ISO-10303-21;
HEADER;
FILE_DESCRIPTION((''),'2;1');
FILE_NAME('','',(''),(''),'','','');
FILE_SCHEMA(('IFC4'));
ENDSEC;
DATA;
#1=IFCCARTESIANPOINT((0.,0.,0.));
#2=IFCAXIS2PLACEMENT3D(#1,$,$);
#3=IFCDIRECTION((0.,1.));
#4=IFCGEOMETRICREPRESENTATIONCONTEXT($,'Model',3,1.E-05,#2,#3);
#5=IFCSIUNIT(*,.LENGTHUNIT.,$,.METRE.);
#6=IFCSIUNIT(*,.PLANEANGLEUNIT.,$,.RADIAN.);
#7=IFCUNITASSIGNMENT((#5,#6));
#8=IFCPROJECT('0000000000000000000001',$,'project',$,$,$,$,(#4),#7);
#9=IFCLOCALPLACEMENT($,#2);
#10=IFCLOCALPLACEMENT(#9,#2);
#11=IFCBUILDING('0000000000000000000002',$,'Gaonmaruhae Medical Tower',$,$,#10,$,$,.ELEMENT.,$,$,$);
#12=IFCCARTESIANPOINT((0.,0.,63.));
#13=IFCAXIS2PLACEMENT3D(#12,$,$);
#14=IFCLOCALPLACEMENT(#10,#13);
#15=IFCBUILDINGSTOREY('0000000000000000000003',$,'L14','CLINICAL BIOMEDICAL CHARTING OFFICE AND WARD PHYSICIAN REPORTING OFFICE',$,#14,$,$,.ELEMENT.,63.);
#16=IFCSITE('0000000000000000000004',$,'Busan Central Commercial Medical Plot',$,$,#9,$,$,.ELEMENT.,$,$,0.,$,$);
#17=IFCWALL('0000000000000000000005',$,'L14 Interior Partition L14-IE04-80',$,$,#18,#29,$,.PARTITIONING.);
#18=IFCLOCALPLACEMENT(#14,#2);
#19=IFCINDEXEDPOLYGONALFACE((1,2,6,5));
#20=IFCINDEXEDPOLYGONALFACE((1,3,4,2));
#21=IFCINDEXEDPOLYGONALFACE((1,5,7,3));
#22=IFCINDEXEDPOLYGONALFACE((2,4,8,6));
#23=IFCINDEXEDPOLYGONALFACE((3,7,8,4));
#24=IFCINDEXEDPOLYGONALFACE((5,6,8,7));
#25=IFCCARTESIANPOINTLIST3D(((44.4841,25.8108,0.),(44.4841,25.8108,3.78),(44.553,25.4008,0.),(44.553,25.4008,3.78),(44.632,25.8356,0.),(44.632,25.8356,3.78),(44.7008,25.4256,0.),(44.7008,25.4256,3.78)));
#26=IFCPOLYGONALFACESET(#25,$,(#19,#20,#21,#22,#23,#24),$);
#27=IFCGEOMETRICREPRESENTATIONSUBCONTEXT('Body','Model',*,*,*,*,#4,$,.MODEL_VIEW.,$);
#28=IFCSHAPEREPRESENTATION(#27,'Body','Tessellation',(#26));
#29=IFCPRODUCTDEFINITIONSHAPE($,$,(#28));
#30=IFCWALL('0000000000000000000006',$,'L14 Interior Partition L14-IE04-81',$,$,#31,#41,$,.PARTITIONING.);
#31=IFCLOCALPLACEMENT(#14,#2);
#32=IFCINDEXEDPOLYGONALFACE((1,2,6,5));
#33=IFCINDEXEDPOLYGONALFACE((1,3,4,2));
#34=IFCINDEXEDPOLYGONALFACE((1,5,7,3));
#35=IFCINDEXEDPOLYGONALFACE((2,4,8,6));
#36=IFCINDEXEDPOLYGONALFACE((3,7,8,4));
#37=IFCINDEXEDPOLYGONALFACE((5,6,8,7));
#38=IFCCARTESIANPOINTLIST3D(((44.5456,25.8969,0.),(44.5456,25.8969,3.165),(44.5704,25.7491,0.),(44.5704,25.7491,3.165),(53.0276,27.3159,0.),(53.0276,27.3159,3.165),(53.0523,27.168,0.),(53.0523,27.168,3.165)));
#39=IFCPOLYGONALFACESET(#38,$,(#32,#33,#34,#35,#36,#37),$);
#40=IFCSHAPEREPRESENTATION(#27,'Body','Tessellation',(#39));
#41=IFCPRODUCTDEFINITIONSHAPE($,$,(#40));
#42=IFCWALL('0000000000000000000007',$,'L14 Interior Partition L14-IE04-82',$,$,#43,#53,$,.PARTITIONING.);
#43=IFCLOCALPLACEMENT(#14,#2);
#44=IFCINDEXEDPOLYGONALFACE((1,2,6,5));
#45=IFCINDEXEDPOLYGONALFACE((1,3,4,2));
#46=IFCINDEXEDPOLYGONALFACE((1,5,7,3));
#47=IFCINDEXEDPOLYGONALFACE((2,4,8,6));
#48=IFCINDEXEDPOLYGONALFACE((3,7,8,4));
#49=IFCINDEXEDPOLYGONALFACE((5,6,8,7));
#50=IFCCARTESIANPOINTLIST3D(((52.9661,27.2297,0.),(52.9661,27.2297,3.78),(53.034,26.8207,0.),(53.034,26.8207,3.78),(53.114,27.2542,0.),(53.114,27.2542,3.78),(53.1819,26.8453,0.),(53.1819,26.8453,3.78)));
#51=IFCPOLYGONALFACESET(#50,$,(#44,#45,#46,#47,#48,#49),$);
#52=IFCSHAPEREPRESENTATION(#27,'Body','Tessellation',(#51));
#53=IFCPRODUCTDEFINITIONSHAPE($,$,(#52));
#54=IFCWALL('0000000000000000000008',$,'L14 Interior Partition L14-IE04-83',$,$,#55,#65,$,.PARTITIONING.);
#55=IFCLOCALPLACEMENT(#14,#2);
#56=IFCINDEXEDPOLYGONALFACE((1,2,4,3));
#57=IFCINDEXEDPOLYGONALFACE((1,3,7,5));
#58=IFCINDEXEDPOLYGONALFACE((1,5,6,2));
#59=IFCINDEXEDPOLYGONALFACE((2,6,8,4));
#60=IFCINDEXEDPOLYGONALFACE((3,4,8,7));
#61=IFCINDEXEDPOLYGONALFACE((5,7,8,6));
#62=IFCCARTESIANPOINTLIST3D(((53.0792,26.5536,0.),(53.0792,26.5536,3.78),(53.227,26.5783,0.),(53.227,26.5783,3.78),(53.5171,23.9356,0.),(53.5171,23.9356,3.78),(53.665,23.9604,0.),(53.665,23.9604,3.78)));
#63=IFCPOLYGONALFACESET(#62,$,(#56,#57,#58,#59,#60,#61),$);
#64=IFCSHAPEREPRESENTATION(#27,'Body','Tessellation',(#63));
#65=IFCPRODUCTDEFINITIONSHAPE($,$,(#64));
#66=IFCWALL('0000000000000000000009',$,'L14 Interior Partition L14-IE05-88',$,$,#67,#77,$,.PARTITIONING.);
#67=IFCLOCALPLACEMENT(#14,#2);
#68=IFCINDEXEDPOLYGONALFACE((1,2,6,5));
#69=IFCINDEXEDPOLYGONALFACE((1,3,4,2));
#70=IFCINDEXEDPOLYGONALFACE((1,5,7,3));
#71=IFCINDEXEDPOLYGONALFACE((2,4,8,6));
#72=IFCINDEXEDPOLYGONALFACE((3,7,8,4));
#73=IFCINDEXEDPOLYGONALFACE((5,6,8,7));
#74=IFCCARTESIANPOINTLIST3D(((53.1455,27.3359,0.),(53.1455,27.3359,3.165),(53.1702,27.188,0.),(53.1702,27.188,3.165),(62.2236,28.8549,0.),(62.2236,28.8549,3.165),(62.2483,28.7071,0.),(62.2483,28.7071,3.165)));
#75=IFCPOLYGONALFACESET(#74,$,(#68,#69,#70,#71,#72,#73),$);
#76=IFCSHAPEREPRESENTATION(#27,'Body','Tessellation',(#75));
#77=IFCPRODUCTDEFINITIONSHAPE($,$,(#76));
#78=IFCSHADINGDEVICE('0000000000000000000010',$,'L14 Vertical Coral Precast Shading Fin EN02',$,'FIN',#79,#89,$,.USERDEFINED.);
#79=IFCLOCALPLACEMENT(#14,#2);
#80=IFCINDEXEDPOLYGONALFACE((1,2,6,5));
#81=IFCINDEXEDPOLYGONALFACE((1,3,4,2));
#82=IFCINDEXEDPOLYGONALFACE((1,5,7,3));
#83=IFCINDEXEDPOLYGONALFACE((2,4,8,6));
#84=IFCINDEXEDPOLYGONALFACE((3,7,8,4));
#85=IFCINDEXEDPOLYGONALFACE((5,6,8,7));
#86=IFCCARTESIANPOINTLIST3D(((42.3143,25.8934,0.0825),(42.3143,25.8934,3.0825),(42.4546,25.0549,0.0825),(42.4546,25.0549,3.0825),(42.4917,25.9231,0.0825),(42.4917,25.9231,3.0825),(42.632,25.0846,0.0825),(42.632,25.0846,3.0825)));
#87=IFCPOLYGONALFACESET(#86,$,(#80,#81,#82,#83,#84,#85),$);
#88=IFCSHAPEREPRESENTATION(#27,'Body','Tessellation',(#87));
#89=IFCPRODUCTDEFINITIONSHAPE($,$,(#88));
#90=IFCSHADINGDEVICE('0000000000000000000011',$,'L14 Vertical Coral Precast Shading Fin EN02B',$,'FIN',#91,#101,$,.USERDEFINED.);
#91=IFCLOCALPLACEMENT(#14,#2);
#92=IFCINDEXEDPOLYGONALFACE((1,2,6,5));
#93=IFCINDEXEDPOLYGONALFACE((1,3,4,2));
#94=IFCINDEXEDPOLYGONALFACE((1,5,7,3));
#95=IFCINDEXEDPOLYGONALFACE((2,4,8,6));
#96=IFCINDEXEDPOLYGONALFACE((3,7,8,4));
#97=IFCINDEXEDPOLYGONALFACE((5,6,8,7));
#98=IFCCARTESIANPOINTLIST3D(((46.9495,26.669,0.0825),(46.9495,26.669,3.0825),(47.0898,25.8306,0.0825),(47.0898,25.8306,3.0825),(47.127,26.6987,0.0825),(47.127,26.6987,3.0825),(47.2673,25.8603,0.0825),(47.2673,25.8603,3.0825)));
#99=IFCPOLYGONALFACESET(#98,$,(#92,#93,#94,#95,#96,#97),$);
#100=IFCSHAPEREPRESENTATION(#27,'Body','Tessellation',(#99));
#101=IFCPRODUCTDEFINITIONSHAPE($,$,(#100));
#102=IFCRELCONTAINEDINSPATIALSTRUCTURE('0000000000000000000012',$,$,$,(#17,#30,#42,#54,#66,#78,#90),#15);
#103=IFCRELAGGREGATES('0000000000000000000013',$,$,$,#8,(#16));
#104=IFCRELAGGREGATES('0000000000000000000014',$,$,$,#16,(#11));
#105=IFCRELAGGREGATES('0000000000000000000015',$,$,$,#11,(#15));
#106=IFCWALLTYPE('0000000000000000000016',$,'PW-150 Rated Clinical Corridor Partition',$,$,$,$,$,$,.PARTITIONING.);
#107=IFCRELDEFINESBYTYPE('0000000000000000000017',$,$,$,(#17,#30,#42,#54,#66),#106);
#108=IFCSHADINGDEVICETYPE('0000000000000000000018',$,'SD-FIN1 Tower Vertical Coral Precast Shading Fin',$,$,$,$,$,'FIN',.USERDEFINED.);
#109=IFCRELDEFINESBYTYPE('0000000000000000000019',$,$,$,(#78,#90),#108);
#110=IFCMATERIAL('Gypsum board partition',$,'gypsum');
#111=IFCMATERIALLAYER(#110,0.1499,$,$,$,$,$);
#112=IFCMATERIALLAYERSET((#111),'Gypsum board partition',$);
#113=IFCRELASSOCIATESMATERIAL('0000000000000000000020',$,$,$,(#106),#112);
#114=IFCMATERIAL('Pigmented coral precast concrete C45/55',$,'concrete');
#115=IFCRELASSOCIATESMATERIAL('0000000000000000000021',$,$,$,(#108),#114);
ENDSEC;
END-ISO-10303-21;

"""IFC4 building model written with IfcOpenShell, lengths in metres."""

from ifc_helpers import new_model, si_unit, direction, frame, frame_2d, origin, origin_2d, place, context, subcontext, project, spatial, rectangle, extrude, material, layer, layer_set, type_object, element, save


model = new_model("IFC4")

# Units and contexts
model_context = context("Model", 3, precision=1e-05, world=origin(), true_north=direction((0.0, 1.0)))
body_context = subcontext(model_context, "Body", "Model", "MODEL_VIEW")
ifc_project = project(units=[si_unit("LENGTHUNIT", "METRE"), si_unit("PLANEANGLEUNIT", "RADIAN")], contexts=[model_context])

# Site, building, storey
site_placement = place(None, origin())
site = spatial("IfcSite", under=ifc_project, at=site_placement, Name="Busan Central Commercial Medical Plot", CompositionType="ELEMENT", RefElevation=0.0)
building_placement = place(site_placement, origin())
building = spatial("IfcBuilding", under=site, at=building_placement, Name="Gaonmaruhae Medical Tower", CompositionType="ELEMENT")
storey_placement = place(building_placement, frame((0.0, 0.0, 63.0)))
storey = spatial("IfcBuildingStorey", under=building, at=storey_placement, Name="L14", Description="CLINICAL BIOMEDICAL CHARTING OFFICE AND WARD PHYSICIAN REPORTING OFFICE", CompositionType="ELEMENT", Elevation=63.0)

# Shared definitions
ifc_material_1 = material(Name="Gypsum board partition", Category="gypsum")
ifc_layer_1 = layer(ifc_material_1, 0.1499)
ifc_layer_set_1 = layer_set([ifc_layer_1], Name="Gypsum board partition")
wall_type_1 = type_object("IfcWallType", Name="PW-150 Rated Clinical Corridor Partition", PredefinedType="PARTITIONING", material=ifc_layer_set_1)

# Walls
wall_1_placement = place(storey_placement, frame((44.627, 25.4131, 0.0), z_axis=(0.0, 0.0, 1.0), x_axis=(-0.165637, 0.986187, 0.0)))
element("IfcWall", 1, at=wall_1_placement, inside=storey, type_object=wall_type_1, Name="L14 Interior Partition L14-IE04-80", PredefinedType="PARTITIONING", context=body_context, shape_type="SweptSolid", body=[
    extrude(rectangle(XDim=0.4158, YDim=0.1499, at=frame_2d((0.208, 0.0))), origin(), (0.0, 0.0, 1.0), 3.78),
])
wall_2_placement = place(storey_placement, frame((44.5581, 25.823, 0.0), z_axis=(0.0, 0.0, 1.0), x_axis=(0.986294, 0.164997, 0.0)))
element("IfcWall", 2, at=wall_2_placement, inside=storey, type_object=wall_type_1, Name="L14 Interior Partition L14-IE04-81", PredefinedType="PARTITIONING", context=body_context, shape_type="SweptSolid", body=[
    extrude(rectangle(XDim=8.5999, YDim=0.1499, at=frame_2d((4.2998, 0.0))), origin(), (0.0, 0.0, 1.0), 3.165),
])
wall_3_placement = place(storey_placement, frame((53.04, 27.2419, 0.0), z_axis=(0.0, 0.0, 1.0), x_axis=(0.16373, -0.986505, 0.0)))
element("IfcWall", 3, at=wall_3_placement, inside=storey, type_object=wall_type_1, Name="L14 Interior Partition L14-IE04-82", PredefinedType="PARTITIONING", context=body_context, shape_type="SweptSolid", body=[
    extrude(rectangle(XDim=0.4146, YDim=0.1499, at=frame_2d((0.2073, 0.0))), origin(), (0.0, 0.0, 1.0), 3.78),
])
wall_4_placement = place(storey_placement, frame((53.1531, 26.5659, 0.0), z_axis=(0.0, 0.0, 1.0), x_axis=(0.16501, -0.986292, 0.0)))
element("IfcWall", 4, at=wall_4_placement, inside=storey, type_object=wall_type_1, Name="L14 Interior Partition L14-IE04-83", PredefinedType="PARTITIONING", context=body_context, shape_type="SweptSolid", body=[
    extrude(rectangle(XDim=2.6543, YDim=0.1499, at=frame_2d((1.3271, 0.0))), origin(), (0.0, 0.0, 1.0), 3.78),
])
wall_5_placement = place(storey_placement, frame((53.158, 27.262, 0.0), z_axis=(0.0, 0.0, 1.0), x_axis=(0.986288, 0.165036, 0.0)))
element("IfcWall", 5, at=wall_5_placement, inside=storey, type_object=wall_type_1, Name="L14 Interior Partition L14-IE05-88", PredefinedType="PARTITIONING", context=body_context, shape_type="SweptSolid", body=[
    extrude(rectangle(XDim=9.2043, YDim=0.1499, at=frame_2d((4.6021, 0.0))), origin(), (0.0, 0.0, 1.0), 3.165),
])

# Shading devices
ifc_material_2 = material(Name="Pigmented coral precast concrete C45/55", Category="concrete")
shading_device_type = type_object("IfcShadingDeviceType", Name="SD-FIN1 Tower Vertical Coral Precast Shading Fin", ElementType="FIN", PredefinedType="USERDEFINED", material=ifc_material_2)
for number, where, z_axis, x_axis, name in (
    (6, (42.4731, 25.489, 0.0825), (0.0, 0.0, 1.0), (0.986286, 0.165048, 0.0), "L14 Vertical Coral Precast Shading Fin EN02"),
    (7, (47.1084, 26.2646, 0.0825), (0.0, 0.0, 1.0), (0.986286, 0.165048, 0.0), "L14 Vertical Coral Precast Shading Fin EN02B"),
):
    element("IfcShadingDevice", number, at=place(storey_placement, frame(where, z_axis=z_axis, x_axis=x_axis)), inside=storey, type_object=shading_device_type, Name=name, ObjectType="FIN", PredefinedType="USERDEFINED", context=body_context, shape_type="SweptSolid", body=[
        extrude(rectangle(XDim=0.1799, YDim=0.8501, at=origin_2d()), origin(), (0.0, 0.0, 1.0), 3.0),
    ])

save(model, "model.ifc")
